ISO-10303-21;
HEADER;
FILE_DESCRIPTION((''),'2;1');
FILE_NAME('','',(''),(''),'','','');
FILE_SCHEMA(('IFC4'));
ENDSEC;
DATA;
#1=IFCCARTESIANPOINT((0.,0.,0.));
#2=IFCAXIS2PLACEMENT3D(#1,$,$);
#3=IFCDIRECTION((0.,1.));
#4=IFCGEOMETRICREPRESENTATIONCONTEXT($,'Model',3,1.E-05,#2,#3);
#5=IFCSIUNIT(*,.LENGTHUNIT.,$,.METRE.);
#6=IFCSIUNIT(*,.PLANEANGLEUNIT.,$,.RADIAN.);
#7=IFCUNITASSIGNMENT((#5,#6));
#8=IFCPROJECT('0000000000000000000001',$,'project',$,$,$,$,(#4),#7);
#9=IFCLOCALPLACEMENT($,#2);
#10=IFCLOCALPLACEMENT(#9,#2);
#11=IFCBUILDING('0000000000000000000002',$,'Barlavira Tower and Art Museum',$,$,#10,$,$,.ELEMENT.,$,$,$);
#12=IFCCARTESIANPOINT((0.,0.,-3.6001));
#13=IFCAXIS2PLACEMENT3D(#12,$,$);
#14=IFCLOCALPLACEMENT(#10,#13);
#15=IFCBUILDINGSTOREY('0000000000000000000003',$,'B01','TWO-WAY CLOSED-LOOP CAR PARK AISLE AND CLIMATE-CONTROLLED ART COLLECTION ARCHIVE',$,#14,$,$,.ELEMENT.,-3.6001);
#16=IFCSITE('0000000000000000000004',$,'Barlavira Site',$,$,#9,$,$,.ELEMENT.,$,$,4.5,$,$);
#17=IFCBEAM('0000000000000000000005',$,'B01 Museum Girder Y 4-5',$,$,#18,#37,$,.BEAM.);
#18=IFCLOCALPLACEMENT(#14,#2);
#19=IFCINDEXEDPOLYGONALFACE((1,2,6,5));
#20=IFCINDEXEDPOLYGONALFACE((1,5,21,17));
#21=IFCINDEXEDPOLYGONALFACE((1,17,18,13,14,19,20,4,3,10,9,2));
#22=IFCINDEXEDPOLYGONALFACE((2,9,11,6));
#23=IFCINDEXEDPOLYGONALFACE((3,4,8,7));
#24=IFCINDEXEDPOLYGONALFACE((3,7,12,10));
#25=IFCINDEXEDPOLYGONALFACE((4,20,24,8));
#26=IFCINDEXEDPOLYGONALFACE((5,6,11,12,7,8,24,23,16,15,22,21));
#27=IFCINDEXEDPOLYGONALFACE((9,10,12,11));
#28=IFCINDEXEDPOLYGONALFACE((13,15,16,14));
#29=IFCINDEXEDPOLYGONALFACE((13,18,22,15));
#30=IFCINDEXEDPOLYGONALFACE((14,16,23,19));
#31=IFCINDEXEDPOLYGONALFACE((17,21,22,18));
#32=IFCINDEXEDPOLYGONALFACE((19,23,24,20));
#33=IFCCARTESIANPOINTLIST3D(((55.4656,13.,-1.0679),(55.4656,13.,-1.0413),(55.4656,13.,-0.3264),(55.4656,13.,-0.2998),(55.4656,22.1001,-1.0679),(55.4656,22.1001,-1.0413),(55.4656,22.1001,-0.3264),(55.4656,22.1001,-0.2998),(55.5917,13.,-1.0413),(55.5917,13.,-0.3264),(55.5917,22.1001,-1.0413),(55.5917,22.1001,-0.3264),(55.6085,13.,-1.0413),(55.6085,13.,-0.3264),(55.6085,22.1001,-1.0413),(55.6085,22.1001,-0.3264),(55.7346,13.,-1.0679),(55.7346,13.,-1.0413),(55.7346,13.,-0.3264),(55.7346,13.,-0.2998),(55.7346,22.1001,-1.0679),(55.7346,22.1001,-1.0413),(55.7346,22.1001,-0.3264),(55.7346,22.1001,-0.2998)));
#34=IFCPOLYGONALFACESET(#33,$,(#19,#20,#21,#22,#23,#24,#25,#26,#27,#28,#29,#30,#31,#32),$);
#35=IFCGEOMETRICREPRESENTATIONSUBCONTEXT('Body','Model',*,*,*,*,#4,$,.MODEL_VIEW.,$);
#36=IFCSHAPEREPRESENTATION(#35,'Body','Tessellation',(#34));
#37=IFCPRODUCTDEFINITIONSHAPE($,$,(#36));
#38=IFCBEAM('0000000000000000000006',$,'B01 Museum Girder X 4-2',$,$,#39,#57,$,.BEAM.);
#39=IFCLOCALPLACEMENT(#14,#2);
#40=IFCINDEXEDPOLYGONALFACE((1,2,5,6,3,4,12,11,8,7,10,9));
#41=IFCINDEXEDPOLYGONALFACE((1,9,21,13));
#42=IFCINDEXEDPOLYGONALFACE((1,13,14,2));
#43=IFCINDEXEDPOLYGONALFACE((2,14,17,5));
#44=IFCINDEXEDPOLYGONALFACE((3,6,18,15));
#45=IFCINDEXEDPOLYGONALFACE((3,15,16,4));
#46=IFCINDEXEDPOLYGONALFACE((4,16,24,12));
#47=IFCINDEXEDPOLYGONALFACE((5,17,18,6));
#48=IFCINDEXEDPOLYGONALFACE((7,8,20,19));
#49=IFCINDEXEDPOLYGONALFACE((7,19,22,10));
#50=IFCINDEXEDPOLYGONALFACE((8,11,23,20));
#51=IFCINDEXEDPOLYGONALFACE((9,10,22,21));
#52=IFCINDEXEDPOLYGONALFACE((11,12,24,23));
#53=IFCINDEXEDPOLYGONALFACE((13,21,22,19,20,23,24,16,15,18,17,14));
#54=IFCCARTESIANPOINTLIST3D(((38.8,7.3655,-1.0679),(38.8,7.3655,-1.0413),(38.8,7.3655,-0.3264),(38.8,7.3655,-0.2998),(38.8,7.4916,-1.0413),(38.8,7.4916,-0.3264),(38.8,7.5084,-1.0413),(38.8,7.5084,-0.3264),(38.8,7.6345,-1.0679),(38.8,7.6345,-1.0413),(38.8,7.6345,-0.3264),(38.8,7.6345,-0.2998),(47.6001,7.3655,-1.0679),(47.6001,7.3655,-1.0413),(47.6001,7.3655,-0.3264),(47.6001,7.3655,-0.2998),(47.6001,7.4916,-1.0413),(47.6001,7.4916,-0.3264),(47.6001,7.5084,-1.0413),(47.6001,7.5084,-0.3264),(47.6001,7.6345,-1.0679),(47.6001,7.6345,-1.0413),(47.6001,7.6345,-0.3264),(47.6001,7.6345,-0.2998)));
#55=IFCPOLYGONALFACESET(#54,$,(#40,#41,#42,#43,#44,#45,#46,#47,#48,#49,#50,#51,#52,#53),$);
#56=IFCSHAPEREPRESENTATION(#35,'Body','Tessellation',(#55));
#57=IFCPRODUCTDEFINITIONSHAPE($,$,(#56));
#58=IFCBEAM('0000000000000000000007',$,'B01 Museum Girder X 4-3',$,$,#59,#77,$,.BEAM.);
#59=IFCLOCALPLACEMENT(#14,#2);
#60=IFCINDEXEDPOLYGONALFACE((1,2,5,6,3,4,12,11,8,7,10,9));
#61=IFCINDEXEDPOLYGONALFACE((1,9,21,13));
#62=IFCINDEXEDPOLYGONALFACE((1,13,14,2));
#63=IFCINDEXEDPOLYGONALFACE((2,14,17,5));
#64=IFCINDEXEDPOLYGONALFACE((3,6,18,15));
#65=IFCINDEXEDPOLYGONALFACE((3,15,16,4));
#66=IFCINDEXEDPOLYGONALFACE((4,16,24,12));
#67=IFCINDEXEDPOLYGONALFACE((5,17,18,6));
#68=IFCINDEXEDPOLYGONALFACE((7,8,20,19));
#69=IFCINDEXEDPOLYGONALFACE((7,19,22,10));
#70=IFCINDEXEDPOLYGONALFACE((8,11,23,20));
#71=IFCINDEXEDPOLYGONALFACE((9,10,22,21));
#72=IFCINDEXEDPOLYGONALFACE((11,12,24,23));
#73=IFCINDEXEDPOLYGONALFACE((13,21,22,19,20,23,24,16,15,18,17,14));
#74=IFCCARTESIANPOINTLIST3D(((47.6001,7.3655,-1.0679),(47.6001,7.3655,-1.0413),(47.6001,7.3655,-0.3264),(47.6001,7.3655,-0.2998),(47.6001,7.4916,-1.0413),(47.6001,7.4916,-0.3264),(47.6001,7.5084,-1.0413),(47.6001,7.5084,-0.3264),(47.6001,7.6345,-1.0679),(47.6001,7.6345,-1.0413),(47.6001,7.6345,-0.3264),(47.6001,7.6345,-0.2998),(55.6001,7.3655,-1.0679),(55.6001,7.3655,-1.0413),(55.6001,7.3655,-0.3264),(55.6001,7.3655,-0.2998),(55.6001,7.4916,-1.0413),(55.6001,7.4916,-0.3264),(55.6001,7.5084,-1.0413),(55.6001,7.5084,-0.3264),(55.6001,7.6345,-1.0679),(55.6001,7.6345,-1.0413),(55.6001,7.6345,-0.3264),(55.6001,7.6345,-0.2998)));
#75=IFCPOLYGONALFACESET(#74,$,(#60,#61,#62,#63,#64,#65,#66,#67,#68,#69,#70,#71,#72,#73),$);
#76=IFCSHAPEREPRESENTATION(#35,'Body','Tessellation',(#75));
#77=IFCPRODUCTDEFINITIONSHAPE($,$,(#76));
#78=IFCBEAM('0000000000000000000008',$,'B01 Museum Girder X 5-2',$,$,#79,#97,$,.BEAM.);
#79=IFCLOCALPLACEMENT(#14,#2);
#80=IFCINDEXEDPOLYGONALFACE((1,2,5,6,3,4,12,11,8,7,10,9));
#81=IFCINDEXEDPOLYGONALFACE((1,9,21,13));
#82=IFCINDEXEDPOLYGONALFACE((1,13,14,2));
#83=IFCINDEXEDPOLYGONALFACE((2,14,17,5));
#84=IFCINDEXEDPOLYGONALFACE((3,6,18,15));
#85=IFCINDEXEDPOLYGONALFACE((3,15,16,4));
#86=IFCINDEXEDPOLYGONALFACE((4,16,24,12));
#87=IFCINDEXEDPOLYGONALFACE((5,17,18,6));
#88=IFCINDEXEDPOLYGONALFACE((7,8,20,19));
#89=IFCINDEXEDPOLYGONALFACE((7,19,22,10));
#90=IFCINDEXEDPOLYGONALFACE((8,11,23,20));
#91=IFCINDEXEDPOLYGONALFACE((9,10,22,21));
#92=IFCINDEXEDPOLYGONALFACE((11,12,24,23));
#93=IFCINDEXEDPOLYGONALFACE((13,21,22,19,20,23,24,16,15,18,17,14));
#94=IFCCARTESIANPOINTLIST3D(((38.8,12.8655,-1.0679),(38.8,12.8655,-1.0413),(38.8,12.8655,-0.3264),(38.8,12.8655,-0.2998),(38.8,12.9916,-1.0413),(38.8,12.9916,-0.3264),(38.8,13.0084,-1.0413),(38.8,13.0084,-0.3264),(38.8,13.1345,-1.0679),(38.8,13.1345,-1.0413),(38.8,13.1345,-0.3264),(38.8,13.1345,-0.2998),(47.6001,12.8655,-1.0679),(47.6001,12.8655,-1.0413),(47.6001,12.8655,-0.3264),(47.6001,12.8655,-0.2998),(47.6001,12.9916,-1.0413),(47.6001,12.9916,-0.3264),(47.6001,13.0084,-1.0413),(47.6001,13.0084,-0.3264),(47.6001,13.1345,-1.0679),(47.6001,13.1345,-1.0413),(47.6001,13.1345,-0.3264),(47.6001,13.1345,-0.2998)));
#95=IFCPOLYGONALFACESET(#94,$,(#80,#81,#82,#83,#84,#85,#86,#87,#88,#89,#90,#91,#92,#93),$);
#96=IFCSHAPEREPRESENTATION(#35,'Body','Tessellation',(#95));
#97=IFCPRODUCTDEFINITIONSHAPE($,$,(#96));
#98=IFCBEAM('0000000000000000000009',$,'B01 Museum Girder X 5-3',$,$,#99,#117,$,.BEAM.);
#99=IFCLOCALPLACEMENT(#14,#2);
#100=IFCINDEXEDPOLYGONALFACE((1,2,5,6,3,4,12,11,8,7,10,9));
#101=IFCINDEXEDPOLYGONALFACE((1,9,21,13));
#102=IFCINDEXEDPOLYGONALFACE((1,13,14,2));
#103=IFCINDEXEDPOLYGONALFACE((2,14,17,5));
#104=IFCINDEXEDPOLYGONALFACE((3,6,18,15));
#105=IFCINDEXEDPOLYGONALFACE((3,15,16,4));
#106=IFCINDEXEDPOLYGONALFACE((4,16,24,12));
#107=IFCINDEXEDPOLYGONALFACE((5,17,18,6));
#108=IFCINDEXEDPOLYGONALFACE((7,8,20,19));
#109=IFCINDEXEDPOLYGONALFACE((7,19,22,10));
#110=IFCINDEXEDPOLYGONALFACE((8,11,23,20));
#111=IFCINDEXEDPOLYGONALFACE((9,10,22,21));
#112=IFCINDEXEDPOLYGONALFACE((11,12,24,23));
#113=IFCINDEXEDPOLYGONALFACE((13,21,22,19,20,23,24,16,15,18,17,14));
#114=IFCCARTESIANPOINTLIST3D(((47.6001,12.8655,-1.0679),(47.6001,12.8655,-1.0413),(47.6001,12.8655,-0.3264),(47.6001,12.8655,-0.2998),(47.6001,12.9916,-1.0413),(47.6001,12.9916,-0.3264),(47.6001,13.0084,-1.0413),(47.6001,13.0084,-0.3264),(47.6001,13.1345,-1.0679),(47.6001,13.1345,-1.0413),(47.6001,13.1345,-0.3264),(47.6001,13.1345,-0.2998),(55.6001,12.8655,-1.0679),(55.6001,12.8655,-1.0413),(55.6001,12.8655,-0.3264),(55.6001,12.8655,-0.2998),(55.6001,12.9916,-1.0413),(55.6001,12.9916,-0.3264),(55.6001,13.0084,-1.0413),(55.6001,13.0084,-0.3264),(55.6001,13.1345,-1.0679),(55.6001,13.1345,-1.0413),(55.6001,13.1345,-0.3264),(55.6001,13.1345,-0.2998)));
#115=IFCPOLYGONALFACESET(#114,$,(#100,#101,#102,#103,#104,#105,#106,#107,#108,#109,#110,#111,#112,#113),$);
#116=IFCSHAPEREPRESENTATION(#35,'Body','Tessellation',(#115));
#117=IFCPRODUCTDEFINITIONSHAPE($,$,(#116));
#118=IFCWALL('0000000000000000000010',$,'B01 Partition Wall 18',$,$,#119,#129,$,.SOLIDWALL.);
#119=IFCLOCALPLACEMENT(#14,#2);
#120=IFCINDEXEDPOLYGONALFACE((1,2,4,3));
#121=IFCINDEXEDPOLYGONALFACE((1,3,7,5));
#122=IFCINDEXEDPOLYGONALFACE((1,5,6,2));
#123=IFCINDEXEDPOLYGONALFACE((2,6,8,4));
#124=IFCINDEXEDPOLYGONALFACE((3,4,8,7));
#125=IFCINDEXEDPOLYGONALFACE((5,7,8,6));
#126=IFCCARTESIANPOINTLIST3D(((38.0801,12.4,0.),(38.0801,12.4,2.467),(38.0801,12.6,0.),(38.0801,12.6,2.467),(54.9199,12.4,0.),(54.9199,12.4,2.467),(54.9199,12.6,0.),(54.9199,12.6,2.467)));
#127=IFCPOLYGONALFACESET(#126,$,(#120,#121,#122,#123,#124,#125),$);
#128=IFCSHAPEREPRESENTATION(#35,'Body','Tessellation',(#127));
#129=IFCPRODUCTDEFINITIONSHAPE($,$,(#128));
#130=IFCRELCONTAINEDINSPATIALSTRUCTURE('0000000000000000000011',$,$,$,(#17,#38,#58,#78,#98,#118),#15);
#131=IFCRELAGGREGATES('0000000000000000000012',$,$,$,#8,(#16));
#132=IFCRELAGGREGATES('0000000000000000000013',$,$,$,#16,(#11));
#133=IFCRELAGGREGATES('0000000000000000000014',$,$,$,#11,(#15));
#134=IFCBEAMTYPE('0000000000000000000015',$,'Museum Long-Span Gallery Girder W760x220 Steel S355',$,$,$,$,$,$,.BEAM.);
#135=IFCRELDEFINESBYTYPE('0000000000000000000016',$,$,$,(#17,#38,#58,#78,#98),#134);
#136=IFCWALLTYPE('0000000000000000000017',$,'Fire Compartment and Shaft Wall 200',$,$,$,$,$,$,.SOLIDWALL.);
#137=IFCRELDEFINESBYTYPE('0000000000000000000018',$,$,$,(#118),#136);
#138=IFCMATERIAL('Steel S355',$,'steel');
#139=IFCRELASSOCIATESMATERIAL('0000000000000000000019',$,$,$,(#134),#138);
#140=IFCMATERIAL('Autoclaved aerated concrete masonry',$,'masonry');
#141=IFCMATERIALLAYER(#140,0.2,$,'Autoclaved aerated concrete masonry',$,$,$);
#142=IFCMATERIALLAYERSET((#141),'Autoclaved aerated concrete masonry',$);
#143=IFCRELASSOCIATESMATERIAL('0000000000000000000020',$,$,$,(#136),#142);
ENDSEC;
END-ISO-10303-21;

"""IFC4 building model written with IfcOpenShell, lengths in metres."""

from ifc_helpers import new_model, si_unit, direction, frame, frame_2d, origin, origin_2d, place, context, subcontext, project, spatial, rectangle, i_section, extrude, material, layer, layer_set, material_profile, profile_set, type_object, element, save


model = new_model("IFC4")

# Units and contexts
model_context = context("Model", 3, precision=1e-05, world=origin(), true_north=direction((0.0, 1.0)))
body_context = subcontext(model_context, "Body", "Model", "MODEL_VIEW")
ifc_project = project(units=[si_unit("LENGTHUNIT", "METRE"), si_unit("PLANEANGLEUNIT", "RADIAN")], contexts=[model_context])

# Site, building, storey
site_placement = place(None, origin())
site = spatial("IfcSite", under=ifc_project, at=site_placement, Name="Barlavira Site", CompositionType="ELEMENT", RefElevation=4.5)
building_placement = place(site_placement, origin())
building = spatial("IfcBuilding", under=site, at=building_placement, Name="Barlavira Tower and Art Museum", CompositionType="ELEMENT")
storey_placement = place(building_placement, frame((0.0, 0.0, -3.6001)))
storey = spatial("IfcBuildingStorey", under=building, at=storey_placement, Name="B01", Description="TWO-WAY CLOSED-LOOP CAR PARK AISLE AND CLIMATE-CONTROLLED ART COLLECTION ARCHIVE", CompositionType="ELEMENT", Elevation=-3.6001)

# Beams
ifc_material_1 = material(Name="Steel S355", Category="steel")
ifc_material_profile_1 = material_profile(ifc_material_1, i_section(OverallWidth=0.269, OverallDepth=0.7681, WebThickness=0.0168, FlangeThickness=0.0266, at=origin_2d()), Name="W760x220.0")
ifc_profile_set_1 = profile_set([ifc_material_profile_1], Name="Steel S355")
beam_type = type_object("IfcBeamType", Name="Museum Long-Span Gallery Girder W760x220 Steel S355", PredefinedType="BEAM", material=ifc_profile_set_1)
beam_1_placement = place(storey_placement, frame((55.6001, 13.0, -0.6838), z_axis=(0.0, 1.0, 0.0), x_axis=(-1.0, 0.0, 0.0)))
element("IfcBeam", 1, at=beam_1_placement, inside=storey, type_object=beam_type, Name="B01 Museum Girder Y 4-5", PredefinedType="BEAM", context=body_context, shape_type="SweptSolid", body=[
    extrude(i_section(OverallWidth=0.269, OverallDepth=0.7681, WebThickness=0.0168, FlangeThickness=0.0266, at=origin_2d()), origin(), (0.0, 0.0, 1.0), 9.1001),
])
beam_2_placement = place(storey_placement, frame((38.8, 7.5, -0.6838), z_axis=(1.0, 0.0, 0.0), x_axis=(0.0, 1.0, 0.0)))
element("IfcBeam", 2, at=beam_2_placement, inside=storey, type_object=beam_type, Name="B01 Museum Girder X 4-2", PredefinedType="BEAM", context=body_context, shape_type="SweptSolid", body=[
    extrude(i_section(OverallWidth=0.269, OverallDepth=0.7681, WebThickness=0.0168, FlangeThickness=0.0266, at=origin_2d()), origin(), (0.0, 0.0, 1.0), 8.8),
])
beam_3_placement = place(storey_placement, frame((47.6001, 7.5, -0.6838), z_axis=(1.0, 0.0, 0.0), x_axis=(0.0, 1.0, 0.0)))
element("IfcBeam", 3, at=beam_3_placement, inside=storey, type_object=beam_type, Name="B01 Museum Girder X 4-3", PredefinedType="BEAM", context=body_context, shape_type="SweptSolid", body=[
    extrude(i_section(OverallWidth=0.269, OverallDepth=0.7681, WebThickness=0.0168, FlangeThickness=0.0266, at=origin_2d()), origin(), (0.0, 0.0, 1.0), 8.0),
])
beam_4_placement = place(storey_placement, frame((38.8, 13.0, -0.6838), z_axis=(1.0, 0.0, 0.0), x_axis=(0.0, 1.0, 0.0)))
element("IfcBeam", 4, at=beam_4_placement, inside=storey, type_object=beam_type, Name="B01 Museum Girder X 5-2", PredefinedType="BEAM", context=body_context, shape_type="SweptSolid", body=[
    extrude(i_section(OverallWidth=0.269, OverallDepth=0.7681, WebThickness=0.0168, FlangeThickness=0.0266, at=origin_2d()), origin(), (0.0, 0.0, 1.0), 8.8),
])
beam_5_placement = place(storey_placement, frame((47.6001, 13.0, -0.6838), z_axis=(1.0, 0.0, 0.0), x_axis=(0.0, 1.0, 0.0)))
element("IfcBeam", 5, at=beam_5_placement, inside=storey, type_object=beam_type, Name="B01 Museum Girder X 5-3", PredefinedType="BEAM", context=body_context, shape_type="SweptSolid", body=[
    extrude(i_section(OverallWidth=0.269, OverallDepth=0.7681, WebThickness=0.0168, FlangeThickness=0.0266, at=origin_2d()), origin(), (0.0, 0.0, 1.0), 8.0),
])

# Wall
ifc_material_2 = material(Name="Autoclaved aerated concrete masonry", Category="masonry")
ifc_layer = layer(ifc_material_2, 0.2, Name="Autoclaved aerated concrete masonry")
ifc_layer_set = layer_set([ifc_layer], Name="Autoclaved aerated concrete masonry")
wall_type = type_object("IfcWallType", Name="Fire Compartment and Shaft Wall 200", PredefinedType="SOLIDWALL", material=ifc_layer_set)
wall_placement = place(storey_placement, frame((38.0801, 12.5, 0.0), z_axis=(0.0, 0.0, 1.0), x_axis=(1.0, 0.0, 0.0)))
element("IfcWall", 6, at=wall_placement, inside=storey, type_object=wall_type, Name="B01 Partition Wall 18", PredefinedType="SOLIDWALL", context=body_context, shape_type="SweptSolid", body=[
    extrude(rectangle(XDim=16.8398, YDim=0.2, at=frame_2d((8.4199, 0.0))), origin(), (0.0, 0.0, 1.0), 2.467),
])

save(model, "model.ifc")
